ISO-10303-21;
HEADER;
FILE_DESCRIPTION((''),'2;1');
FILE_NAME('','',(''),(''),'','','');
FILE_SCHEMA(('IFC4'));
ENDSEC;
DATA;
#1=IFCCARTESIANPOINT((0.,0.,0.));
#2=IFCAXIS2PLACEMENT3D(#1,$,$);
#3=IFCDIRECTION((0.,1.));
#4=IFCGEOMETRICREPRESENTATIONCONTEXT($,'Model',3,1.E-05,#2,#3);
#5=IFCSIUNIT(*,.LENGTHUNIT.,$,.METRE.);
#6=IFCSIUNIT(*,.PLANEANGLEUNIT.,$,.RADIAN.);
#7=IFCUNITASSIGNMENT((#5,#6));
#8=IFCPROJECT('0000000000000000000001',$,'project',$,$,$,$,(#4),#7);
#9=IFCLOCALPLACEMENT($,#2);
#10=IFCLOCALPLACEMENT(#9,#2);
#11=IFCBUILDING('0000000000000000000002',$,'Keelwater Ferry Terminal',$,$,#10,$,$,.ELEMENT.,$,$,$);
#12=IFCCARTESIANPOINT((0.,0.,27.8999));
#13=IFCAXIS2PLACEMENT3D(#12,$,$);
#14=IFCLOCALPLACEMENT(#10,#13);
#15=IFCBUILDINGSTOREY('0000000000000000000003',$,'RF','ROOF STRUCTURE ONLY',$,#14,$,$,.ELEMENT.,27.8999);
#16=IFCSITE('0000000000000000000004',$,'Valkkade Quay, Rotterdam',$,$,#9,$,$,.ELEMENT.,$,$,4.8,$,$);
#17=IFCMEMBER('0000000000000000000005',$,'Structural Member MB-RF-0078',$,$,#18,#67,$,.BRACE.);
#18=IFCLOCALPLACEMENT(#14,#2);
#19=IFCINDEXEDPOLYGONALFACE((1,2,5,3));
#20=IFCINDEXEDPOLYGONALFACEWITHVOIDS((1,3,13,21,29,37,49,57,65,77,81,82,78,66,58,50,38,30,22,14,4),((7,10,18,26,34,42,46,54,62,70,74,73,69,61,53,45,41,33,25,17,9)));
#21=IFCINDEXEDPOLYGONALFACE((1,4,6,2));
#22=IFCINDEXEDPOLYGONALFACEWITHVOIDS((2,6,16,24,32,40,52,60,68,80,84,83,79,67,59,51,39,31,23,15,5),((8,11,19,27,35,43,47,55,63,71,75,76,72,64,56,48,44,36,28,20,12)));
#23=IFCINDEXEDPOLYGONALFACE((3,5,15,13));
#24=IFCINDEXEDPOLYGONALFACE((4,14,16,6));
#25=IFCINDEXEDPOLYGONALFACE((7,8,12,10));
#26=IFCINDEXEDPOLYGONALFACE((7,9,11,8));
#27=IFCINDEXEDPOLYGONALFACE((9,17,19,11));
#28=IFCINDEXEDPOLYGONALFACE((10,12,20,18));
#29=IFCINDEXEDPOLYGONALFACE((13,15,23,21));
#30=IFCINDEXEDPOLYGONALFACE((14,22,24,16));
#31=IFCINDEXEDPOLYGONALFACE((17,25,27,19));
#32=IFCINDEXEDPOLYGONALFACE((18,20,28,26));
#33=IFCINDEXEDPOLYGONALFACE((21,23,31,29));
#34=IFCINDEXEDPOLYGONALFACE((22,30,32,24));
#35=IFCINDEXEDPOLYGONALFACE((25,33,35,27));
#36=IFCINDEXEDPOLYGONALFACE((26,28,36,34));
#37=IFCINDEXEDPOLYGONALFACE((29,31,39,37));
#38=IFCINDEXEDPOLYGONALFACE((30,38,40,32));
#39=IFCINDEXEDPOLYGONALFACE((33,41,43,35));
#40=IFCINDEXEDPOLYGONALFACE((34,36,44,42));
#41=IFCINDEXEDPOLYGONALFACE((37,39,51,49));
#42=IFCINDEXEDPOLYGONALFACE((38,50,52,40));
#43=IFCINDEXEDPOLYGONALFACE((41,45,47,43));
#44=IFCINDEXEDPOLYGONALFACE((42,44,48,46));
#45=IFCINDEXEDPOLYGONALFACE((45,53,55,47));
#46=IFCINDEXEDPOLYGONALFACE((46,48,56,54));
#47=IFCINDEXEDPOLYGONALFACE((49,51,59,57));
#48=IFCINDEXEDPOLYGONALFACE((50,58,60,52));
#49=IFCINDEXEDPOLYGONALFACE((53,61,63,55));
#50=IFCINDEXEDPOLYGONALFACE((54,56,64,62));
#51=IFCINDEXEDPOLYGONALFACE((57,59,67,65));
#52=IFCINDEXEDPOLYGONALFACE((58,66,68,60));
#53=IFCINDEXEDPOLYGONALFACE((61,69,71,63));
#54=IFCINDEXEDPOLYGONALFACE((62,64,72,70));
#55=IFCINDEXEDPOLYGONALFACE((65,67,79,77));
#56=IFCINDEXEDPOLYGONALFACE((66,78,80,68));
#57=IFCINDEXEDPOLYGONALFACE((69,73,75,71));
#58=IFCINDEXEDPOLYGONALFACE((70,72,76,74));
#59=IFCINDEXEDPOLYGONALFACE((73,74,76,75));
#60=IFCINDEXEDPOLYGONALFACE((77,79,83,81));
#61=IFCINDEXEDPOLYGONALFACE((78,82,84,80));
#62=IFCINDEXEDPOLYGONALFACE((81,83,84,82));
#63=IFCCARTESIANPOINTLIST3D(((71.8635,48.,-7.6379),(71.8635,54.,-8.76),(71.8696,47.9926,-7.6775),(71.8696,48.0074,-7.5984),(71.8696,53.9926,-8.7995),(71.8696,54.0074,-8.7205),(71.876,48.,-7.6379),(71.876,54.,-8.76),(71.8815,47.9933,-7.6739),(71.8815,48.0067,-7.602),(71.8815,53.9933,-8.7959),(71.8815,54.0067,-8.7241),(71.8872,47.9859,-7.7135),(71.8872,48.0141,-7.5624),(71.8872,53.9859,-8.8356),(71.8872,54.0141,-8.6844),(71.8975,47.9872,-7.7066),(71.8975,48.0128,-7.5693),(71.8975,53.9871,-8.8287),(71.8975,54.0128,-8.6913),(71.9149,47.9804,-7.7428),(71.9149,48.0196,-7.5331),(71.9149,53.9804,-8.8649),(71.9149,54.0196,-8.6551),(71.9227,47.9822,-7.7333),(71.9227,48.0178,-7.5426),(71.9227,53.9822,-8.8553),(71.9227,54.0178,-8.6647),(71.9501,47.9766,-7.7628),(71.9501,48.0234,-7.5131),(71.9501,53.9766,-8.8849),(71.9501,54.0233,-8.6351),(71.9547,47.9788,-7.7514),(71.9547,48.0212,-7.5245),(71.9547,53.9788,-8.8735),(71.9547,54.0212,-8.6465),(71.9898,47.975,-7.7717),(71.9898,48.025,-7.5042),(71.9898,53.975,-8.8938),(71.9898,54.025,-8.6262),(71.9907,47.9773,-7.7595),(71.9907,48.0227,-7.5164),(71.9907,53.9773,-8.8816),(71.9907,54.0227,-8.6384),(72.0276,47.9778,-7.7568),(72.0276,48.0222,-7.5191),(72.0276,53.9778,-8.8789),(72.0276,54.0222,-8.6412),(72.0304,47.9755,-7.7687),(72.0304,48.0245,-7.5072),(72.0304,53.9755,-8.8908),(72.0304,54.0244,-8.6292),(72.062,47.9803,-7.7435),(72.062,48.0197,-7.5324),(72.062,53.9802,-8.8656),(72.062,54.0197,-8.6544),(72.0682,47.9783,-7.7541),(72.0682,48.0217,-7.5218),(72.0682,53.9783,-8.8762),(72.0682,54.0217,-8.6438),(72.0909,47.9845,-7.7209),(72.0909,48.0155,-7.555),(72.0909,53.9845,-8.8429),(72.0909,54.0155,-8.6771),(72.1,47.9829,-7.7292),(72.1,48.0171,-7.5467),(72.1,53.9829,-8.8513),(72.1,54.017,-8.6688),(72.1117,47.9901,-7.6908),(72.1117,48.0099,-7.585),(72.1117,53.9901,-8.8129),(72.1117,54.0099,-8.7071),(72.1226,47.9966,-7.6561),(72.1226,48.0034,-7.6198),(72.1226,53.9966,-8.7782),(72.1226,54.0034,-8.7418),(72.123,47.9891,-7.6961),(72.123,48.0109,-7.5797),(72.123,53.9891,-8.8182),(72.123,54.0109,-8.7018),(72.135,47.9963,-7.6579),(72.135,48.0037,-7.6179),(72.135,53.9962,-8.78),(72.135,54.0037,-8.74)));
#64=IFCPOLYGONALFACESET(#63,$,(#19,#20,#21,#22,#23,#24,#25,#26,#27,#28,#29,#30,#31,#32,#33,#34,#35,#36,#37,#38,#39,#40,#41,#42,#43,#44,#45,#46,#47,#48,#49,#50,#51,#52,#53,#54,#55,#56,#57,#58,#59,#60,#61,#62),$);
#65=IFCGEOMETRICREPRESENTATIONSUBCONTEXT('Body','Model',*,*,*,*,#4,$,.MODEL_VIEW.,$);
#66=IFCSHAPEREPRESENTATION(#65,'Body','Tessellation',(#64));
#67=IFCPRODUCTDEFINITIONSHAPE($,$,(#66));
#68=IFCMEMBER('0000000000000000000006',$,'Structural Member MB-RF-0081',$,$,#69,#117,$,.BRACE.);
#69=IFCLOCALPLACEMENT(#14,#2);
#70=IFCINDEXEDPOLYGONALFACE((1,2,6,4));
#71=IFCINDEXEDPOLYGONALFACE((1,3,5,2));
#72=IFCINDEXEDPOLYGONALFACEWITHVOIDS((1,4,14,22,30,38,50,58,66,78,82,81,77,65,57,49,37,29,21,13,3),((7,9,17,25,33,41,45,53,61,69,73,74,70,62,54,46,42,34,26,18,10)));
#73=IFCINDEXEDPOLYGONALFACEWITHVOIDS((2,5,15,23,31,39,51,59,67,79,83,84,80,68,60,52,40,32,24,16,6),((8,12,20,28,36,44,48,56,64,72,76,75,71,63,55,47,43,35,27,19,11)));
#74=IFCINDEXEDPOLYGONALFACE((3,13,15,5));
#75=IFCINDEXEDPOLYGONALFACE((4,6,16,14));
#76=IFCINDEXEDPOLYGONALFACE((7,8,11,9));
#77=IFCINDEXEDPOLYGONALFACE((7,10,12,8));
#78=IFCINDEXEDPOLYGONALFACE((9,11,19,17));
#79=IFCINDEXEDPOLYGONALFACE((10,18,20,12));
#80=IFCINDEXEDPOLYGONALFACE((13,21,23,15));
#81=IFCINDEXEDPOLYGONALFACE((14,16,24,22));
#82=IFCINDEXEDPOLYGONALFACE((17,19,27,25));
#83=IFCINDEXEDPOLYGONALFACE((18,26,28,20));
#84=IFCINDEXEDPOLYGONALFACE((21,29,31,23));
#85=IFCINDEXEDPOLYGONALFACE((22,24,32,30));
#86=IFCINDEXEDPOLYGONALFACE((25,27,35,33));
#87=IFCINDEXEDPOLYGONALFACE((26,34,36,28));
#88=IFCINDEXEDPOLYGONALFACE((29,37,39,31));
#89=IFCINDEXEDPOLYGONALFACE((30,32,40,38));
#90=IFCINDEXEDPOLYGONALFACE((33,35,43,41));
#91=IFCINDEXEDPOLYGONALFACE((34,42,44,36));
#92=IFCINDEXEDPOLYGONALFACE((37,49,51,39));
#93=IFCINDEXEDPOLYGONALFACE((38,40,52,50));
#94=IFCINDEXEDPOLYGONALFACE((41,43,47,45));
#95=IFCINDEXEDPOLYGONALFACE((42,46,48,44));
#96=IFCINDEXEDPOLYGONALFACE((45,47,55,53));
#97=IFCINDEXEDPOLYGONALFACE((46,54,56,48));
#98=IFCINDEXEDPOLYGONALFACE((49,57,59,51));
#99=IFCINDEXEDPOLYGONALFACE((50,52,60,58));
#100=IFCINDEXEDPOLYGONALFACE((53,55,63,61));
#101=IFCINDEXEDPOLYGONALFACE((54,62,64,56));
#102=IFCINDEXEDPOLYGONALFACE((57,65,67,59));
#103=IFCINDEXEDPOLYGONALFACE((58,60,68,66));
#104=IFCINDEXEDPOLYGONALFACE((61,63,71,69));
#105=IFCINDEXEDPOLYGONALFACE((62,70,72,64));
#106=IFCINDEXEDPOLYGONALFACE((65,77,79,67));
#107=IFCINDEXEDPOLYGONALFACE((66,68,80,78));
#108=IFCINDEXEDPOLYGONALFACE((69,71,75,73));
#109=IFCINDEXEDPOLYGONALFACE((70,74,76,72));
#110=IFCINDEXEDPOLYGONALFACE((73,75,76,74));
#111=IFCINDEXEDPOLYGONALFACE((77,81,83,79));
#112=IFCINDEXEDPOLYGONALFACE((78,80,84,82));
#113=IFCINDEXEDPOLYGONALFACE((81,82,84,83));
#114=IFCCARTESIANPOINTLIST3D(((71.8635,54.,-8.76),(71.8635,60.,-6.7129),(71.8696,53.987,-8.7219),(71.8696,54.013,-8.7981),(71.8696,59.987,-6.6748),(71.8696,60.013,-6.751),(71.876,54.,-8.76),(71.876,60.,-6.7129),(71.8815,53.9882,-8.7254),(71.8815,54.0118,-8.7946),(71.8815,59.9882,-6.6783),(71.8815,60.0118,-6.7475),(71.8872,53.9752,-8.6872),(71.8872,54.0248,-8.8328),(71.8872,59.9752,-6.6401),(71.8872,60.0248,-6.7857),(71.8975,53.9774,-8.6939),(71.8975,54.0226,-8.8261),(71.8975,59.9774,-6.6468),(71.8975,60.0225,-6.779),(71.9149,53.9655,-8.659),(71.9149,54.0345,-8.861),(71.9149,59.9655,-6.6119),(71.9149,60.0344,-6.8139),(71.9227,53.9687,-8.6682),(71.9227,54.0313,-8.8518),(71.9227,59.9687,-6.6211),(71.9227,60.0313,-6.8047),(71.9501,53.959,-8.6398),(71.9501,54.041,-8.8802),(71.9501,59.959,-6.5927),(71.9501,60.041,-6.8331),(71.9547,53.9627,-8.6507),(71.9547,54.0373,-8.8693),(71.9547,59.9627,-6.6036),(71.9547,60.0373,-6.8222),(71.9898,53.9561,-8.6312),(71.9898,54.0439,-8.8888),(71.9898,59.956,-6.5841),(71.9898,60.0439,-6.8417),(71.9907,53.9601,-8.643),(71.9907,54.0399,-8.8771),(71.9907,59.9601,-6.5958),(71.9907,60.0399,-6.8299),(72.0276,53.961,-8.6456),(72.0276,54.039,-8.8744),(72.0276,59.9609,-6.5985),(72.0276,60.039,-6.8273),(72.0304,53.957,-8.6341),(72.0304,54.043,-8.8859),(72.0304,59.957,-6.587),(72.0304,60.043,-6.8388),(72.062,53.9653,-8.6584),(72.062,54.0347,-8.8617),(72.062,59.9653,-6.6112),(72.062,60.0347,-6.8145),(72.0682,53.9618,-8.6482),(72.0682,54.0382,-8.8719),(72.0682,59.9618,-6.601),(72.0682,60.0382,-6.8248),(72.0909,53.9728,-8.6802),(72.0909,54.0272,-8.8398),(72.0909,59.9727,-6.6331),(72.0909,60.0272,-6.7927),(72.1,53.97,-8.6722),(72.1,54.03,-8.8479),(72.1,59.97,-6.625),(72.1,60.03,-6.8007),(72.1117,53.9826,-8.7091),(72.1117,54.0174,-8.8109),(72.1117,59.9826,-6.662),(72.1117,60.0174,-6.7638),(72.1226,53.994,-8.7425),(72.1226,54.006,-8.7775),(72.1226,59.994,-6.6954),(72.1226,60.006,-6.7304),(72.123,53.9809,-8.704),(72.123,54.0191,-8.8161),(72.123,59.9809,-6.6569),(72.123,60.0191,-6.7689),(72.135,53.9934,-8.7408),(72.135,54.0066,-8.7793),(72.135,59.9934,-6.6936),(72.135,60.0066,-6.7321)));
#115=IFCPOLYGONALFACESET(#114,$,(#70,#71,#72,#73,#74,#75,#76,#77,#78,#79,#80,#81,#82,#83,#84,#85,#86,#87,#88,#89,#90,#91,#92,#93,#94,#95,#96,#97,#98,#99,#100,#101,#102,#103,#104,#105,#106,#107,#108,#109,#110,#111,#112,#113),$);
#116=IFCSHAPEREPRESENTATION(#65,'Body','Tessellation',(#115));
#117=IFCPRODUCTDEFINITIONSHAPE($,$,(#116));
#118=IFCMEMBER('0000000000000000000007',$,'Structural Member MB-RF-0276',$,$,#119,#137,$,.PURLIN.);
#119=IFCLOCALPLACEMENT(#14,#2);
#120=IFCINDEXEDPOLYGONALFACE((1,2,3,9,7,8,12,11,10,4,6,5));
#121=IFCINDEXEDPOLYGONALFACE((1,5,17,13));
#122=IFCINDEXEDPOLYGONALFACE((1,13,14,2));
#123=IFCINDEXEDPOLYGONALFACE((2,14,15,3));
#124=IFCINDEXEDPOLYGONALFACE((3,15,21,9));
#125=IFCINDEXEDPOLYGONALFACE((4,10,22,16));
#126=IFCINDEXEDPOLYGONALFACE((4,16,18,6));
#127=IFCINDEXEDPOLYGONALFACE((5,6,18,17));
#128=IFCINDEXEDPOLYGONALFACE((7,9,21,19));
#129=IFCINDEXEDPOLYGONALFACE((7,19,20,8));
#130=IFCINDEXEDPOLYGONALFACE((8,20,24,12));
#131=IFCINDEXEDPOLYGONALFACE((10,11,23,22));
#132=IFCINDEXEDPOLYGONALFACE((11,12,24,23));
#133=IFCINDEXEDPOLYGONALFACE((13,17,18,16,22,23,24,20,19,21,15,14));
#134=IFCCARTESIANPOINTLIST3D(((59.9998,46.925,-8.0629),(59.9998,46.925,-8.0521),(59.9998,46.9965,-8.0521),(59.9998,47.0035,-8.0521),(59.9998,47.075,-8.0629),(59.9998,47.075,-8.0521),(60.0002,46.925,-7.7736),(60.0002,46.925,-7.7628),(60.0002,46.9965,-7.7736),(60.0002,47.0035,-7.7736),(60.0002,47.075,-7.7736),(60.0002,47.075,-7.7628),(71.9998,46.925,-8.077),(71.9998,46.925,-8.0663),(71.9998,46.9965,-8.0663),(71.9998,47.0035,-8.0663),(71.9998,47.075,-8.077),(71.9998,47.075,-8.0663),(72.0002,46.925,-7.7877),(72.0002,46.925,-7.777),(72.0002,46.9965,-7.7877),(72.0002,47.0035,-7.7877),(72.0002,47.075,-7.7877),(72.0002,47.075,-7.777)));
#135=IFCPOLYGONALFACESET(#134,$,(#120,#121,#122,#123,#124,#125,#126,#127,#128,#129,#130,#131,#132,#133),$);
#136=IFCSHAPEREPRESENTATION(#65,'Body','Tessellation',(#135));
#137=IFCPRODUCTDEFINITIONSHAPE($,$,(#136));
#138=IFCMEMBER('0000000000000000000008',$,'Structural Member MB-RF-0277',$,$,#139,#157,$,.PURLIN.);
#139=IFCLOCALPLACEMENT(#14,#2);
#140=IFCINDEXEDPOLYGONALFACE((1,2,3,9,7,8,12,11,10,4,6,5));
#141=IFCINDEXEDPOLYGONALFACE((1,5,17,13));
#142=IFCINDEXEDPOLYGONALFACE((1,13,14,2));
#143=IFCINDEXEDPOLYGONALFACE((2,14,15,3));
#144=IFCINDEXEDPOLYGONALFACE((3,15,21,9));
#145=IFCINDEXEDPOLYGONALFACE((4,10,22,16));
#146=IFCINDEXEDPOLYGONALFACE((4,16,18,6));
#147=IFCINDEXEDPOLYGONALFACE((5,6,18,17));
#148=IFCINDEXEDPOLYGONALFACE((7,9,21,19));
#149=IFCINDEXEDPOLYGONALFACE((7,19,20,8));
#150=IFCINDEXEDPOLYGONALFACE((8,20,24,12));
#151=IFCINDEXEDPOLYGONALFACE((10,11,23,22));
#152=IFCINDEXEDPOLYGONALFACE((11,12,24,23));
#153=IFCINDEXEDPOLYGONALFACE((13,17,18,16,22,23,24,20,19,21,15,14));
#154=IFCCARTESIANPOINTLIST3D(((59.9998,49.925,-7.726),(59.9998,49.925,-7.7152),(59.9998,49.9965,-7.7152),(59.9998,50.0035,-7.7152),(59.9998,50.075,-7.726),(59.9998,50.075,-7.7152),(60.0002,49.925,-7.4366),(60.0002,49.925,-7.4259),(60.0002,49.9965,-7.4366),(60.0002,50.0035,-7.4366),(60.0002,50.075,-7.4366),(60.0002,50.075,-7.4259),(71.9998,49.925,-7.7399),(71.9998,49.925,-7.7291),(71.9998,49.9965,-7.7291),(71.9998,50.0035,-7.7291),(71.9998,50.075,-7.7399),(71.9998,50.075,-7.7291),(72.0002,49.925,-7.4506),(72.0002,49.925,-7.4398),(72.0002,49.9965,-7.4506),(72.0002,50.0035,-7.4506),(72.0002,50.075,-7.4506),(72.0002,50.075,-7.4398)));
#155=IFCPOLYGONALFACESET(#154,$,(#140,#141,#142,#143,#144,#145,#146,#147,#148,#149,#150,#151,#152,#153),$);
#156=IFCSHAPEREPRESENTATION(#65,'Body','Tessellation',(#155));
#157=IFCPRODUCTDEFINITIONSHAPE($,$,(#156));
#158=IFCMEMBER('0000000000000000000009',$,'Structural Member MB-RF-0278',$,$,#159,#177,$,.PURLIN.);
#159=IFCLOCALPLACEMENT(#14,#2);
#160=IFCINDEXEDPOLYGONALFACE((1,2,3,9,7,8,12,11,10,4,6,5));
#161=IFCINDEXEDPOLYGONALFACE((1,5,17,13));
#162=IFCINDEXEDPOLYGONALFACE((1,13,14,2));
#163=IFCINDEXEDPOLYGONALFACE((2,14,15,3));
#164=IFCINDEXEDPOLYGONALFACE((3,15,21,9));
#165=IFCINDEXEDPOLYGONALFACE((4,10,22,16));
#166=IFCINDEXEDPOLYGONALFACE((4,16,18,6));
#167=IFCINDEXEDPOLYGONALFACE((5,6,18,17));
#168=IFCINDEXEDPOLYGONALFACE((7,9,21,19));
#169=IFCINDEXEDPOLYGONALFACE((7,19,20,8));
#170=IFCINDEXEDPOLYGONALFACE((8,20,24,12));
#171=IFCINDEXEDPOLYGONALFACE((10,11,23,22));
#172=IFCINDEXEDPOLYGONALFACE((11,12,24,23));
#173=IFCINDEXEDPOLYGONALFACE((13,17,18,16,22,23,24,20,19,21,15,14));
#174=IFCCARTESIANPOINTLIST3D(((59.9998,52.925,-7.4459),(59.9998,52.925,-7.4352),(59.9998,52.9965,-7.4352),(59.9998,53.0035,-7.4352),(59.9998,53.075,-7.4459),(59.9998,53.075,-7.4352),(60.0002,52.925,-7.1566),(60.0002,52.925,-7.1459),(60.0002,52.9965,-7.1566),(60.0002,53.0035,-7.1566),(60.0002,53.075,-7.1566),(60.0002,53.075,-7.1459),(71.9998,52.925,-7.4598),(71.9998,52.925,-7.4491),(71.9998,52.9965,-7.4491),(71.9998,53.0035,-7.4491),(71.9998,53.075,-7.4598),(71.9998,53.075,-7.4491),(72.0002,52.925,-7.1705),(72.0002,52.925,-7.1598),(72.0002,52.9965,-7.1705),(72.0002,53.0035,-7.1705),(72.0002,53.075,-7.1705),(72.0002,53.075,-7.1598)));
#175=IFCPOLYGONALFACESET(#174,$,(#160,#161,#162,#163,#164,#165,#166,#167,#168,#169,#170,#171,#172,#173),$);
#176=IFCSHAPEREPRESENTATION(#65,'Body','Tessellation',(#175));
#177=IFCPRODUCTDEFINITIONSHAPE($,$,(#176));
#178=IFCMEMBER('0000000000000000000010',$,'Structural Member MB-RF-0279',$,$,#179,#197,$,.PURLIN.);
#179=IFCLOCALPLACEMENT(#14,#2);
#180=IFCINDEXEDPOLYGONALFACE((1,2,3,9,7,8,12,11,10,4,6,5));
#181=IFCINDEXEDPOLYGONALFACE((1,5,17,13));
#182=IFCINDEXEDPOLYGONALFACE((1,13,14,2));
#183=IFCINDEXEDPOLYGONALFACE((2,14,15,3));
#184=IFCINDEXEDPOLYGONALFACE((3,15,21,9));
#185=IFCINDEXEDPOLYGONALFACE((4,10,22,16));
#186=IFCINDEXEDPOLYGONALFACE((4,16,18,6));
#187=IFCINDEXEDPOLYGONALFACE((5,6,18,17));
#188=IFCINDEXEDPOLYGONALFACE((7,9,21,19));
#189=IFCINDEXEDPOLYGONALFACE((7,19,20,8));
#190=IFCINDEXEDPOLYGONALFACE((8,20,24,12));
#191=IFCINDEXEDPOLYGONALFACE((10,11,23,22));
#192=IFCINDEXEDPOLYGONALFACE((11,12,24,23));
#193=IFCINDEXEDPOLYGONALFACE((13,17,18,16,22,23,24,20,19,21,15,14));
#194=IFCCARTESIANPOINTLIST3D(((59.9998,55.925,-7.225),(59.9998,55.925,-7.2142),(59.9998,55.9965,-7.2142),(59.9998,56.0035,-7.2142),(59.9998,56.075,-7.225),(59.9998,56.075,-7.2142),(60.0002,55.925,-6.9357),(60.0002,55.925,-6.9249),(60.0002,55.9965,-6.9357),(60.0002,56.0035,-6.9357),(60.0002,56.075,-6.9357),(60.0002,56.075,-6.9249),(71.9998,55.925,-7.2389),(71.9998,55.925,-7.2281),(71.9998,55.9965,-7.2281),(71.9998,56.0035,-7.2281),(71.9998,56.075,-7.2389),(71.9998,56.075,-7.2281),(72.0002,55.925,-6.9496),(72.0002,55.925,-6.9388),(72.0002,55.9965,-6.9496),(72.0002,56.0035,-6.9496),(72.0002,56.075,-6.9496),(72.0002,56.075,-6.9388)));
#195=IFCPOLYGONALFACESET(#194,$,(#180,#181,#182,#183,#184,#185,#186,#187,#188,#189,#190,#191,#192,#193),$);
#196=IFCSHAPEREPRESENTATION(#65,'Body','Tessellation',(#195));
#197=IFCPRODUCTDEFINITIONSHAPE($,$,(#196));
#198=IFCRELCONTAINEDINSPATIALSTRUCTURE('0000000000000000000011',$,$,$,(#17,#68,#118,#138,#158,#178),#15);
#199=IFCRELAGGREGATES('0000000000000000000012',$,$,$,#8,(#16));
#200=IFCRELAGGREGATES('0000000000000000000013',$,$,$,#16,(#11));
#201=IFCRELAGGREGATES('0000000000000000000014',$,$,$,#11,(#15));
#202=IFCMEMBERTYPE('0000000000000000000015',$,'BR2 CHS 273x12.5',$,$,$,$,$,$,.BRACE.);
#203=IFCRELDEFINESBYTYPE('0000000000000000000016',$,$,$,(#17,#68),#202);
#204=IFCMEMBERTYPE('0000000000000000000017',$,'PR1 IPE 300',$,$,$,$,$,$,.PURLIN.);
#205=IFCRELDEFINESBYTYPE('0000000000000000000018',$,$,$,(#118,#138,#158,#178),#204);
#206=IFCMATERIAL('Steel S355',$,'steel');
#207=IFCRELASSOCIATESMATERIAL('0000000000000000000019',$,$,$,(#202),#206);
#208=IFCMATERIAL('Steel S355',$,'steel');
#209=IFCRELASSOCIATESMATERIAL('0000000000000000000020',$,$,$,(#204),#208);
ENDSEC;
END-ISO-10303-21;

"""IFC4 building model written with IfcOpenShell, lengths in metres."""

from ifc_helpers import new_model, si_unit, direction, frame, origin, origin_2d, place, context, subcontext, project, spatial, hollow_circle, i_section, extrude, material, material_profile, profile_set, type_object, element, save


model = new_model("IFC4")

# Units and contexts
model_context = context("Model", 3, precision=1e-05, world=origin(), true_north=direction((0.0, 1.0)))
body_context = subcontext(model_context, "Body", "Model", "MODEL_VIEW")
ifc_project = project(units=[si_unit("LENGTHUNIT", "METRE"), si_unit("PLANEANGLEUNIT", "RADIAN")], contexts=[model_context])

# Site, building, storey
site_placement = place(None, origin())
site = spatial("IfcSite", under=ifc_project, at=site_placement, Name="Valkkade Quay, Rotterdam", CompositionType="ELEMENT", RefElevation=4.8)
building_placement = place(site_placement, origin())
building = spatial("IfcBuilding", under=site, at=building_placement, Name="Keelwater Ferry Terminal", CompositionType="ELEMENT")
storey_placement = place(building_placement, frame((0.0, 0.0, 27.8999)))
storey = spatial("IfcBuildingStorey", under=building, at=storey_placement, Name="RF", Description="ROOF STRUCTURE ONLY", CompositionType="ELEMENT", Elevation=27.8999)

# Members
ifc_material_1 = material(Name="Steel S355", Category="steel")
ifc_material_profile_1 = material_profile(ifc_material_1, hollow_circle(Radius=0.1365, WallThickness=0.0125, at=origin_2d()), Name="CHS 273x12.5")
ifc_profile_set_1 = profile_set([ifc_material_profile_1], Name="Steel S355")
member_type_1 = type_object("IfcMemberType", Name="BR2 CHS 273x12.5", PredefinedType="BRACE", material=ifc_profile_set_1)
member_1_placement = place(storey_placement, frame((72.0, 48.0, -7.6379), z_axis=(0.0, 0.982959, -0.183825), x_axis=(-1.0, 0.0, 0.0)))
element("IfcMember", 1, at=member_1_placement, inside=storey, type_object=member_type_1, Name="Structural Member MB-RF-0078", PredefinedType="BRACE", context=body_context, shape_type="SweptSolid", body=[
    extrude(hollow_circle(Radius=0.1365, WallThickness=0.0125, at=origin_2d()), origin(), (0.0, 0.0, 1.0), 6.104),
])
member_2_placement = place(storey_placement, frame((72.0, 54.0, -8.76), z_axis=(0.0, 0.94643, 0.322909), x_axis=(-1.0, 0.0, 0.0)))
element("IfcMember", 2, at=member_2_placement, inside=storey, type_object=member_type_1, Name="Structural Member MB-RF-0081", PredefinedType="BRACE", context=body_context, shape_type="SweptSolid", body=[
    extrude(hollow_circle(Radius=0.1365, WallThickness=0.0125, at=origin_2d()), origin(), (0.0, 0.0, 1.0), 6.3396),
])
ifc_material_2 = material(Name="Steel S355", Category="steel")
ifc_material_profile_2 = material_profile(ifc_material_2, i_section(OverallWidth=0.1499, OverallDepth=0.3, WebThickness=0.0071, FlangeThickness=0.0107, at=origin_2d()), Name="IPE 300")
ifc_profile_set_2 = profile_set([ifc_material_profile_2], Name="Steel S355")
member_type_2 = type_object("IfcMemberType", Name="PR1 IPE 300", PredefinedType="PURLIN", material=ifc_profile_set_2)
for number, where, z_axis, x_axis, name in (
    (3, (60.0, 47.0, -7.9128), (0.999999, 0.0, -0.00118), (0.0, 1.0, 0.0), "Structural Member MB-RF-0276"),
    (4, (60.0, 50.0, -7.5759), (0.999999, 0.0, -0.00116), (0.0, 1.0, 0.0), "Structural Member MB-RF-0277"),
    (5, (60.0, 53.0, -7.2959), (0.999999, 0.0, -0.00116), (0.0, 1.0, 0.0), "Structural Member MB-RF-0278"),
    (6, (60.0, 56.0, -7.075), (0.999999, 0.0, -0.00116), (0.0, 1.0, 0.0), "Structural Member MB-RF-0279"),
):
    element("IfcMember", number, at=place(storey_placement, frame(where, z_axis=z_axis, x_axis=x_axis)), inside=storey, type_object=member_type_2, Name=name, PredefinedType="PURLIN", context=body_context, shape_type="SweptSolid", body=[
        extrude(i_section(OverallWidth=0.1499, OverallDepth=0.3, WebThickness=0.0071, FlangeThickness=0.0107, at=origin_2d()), origin(), (0.0, 0.0, 1.0), 12.0),
    ])

save(model, "model.ifc")
